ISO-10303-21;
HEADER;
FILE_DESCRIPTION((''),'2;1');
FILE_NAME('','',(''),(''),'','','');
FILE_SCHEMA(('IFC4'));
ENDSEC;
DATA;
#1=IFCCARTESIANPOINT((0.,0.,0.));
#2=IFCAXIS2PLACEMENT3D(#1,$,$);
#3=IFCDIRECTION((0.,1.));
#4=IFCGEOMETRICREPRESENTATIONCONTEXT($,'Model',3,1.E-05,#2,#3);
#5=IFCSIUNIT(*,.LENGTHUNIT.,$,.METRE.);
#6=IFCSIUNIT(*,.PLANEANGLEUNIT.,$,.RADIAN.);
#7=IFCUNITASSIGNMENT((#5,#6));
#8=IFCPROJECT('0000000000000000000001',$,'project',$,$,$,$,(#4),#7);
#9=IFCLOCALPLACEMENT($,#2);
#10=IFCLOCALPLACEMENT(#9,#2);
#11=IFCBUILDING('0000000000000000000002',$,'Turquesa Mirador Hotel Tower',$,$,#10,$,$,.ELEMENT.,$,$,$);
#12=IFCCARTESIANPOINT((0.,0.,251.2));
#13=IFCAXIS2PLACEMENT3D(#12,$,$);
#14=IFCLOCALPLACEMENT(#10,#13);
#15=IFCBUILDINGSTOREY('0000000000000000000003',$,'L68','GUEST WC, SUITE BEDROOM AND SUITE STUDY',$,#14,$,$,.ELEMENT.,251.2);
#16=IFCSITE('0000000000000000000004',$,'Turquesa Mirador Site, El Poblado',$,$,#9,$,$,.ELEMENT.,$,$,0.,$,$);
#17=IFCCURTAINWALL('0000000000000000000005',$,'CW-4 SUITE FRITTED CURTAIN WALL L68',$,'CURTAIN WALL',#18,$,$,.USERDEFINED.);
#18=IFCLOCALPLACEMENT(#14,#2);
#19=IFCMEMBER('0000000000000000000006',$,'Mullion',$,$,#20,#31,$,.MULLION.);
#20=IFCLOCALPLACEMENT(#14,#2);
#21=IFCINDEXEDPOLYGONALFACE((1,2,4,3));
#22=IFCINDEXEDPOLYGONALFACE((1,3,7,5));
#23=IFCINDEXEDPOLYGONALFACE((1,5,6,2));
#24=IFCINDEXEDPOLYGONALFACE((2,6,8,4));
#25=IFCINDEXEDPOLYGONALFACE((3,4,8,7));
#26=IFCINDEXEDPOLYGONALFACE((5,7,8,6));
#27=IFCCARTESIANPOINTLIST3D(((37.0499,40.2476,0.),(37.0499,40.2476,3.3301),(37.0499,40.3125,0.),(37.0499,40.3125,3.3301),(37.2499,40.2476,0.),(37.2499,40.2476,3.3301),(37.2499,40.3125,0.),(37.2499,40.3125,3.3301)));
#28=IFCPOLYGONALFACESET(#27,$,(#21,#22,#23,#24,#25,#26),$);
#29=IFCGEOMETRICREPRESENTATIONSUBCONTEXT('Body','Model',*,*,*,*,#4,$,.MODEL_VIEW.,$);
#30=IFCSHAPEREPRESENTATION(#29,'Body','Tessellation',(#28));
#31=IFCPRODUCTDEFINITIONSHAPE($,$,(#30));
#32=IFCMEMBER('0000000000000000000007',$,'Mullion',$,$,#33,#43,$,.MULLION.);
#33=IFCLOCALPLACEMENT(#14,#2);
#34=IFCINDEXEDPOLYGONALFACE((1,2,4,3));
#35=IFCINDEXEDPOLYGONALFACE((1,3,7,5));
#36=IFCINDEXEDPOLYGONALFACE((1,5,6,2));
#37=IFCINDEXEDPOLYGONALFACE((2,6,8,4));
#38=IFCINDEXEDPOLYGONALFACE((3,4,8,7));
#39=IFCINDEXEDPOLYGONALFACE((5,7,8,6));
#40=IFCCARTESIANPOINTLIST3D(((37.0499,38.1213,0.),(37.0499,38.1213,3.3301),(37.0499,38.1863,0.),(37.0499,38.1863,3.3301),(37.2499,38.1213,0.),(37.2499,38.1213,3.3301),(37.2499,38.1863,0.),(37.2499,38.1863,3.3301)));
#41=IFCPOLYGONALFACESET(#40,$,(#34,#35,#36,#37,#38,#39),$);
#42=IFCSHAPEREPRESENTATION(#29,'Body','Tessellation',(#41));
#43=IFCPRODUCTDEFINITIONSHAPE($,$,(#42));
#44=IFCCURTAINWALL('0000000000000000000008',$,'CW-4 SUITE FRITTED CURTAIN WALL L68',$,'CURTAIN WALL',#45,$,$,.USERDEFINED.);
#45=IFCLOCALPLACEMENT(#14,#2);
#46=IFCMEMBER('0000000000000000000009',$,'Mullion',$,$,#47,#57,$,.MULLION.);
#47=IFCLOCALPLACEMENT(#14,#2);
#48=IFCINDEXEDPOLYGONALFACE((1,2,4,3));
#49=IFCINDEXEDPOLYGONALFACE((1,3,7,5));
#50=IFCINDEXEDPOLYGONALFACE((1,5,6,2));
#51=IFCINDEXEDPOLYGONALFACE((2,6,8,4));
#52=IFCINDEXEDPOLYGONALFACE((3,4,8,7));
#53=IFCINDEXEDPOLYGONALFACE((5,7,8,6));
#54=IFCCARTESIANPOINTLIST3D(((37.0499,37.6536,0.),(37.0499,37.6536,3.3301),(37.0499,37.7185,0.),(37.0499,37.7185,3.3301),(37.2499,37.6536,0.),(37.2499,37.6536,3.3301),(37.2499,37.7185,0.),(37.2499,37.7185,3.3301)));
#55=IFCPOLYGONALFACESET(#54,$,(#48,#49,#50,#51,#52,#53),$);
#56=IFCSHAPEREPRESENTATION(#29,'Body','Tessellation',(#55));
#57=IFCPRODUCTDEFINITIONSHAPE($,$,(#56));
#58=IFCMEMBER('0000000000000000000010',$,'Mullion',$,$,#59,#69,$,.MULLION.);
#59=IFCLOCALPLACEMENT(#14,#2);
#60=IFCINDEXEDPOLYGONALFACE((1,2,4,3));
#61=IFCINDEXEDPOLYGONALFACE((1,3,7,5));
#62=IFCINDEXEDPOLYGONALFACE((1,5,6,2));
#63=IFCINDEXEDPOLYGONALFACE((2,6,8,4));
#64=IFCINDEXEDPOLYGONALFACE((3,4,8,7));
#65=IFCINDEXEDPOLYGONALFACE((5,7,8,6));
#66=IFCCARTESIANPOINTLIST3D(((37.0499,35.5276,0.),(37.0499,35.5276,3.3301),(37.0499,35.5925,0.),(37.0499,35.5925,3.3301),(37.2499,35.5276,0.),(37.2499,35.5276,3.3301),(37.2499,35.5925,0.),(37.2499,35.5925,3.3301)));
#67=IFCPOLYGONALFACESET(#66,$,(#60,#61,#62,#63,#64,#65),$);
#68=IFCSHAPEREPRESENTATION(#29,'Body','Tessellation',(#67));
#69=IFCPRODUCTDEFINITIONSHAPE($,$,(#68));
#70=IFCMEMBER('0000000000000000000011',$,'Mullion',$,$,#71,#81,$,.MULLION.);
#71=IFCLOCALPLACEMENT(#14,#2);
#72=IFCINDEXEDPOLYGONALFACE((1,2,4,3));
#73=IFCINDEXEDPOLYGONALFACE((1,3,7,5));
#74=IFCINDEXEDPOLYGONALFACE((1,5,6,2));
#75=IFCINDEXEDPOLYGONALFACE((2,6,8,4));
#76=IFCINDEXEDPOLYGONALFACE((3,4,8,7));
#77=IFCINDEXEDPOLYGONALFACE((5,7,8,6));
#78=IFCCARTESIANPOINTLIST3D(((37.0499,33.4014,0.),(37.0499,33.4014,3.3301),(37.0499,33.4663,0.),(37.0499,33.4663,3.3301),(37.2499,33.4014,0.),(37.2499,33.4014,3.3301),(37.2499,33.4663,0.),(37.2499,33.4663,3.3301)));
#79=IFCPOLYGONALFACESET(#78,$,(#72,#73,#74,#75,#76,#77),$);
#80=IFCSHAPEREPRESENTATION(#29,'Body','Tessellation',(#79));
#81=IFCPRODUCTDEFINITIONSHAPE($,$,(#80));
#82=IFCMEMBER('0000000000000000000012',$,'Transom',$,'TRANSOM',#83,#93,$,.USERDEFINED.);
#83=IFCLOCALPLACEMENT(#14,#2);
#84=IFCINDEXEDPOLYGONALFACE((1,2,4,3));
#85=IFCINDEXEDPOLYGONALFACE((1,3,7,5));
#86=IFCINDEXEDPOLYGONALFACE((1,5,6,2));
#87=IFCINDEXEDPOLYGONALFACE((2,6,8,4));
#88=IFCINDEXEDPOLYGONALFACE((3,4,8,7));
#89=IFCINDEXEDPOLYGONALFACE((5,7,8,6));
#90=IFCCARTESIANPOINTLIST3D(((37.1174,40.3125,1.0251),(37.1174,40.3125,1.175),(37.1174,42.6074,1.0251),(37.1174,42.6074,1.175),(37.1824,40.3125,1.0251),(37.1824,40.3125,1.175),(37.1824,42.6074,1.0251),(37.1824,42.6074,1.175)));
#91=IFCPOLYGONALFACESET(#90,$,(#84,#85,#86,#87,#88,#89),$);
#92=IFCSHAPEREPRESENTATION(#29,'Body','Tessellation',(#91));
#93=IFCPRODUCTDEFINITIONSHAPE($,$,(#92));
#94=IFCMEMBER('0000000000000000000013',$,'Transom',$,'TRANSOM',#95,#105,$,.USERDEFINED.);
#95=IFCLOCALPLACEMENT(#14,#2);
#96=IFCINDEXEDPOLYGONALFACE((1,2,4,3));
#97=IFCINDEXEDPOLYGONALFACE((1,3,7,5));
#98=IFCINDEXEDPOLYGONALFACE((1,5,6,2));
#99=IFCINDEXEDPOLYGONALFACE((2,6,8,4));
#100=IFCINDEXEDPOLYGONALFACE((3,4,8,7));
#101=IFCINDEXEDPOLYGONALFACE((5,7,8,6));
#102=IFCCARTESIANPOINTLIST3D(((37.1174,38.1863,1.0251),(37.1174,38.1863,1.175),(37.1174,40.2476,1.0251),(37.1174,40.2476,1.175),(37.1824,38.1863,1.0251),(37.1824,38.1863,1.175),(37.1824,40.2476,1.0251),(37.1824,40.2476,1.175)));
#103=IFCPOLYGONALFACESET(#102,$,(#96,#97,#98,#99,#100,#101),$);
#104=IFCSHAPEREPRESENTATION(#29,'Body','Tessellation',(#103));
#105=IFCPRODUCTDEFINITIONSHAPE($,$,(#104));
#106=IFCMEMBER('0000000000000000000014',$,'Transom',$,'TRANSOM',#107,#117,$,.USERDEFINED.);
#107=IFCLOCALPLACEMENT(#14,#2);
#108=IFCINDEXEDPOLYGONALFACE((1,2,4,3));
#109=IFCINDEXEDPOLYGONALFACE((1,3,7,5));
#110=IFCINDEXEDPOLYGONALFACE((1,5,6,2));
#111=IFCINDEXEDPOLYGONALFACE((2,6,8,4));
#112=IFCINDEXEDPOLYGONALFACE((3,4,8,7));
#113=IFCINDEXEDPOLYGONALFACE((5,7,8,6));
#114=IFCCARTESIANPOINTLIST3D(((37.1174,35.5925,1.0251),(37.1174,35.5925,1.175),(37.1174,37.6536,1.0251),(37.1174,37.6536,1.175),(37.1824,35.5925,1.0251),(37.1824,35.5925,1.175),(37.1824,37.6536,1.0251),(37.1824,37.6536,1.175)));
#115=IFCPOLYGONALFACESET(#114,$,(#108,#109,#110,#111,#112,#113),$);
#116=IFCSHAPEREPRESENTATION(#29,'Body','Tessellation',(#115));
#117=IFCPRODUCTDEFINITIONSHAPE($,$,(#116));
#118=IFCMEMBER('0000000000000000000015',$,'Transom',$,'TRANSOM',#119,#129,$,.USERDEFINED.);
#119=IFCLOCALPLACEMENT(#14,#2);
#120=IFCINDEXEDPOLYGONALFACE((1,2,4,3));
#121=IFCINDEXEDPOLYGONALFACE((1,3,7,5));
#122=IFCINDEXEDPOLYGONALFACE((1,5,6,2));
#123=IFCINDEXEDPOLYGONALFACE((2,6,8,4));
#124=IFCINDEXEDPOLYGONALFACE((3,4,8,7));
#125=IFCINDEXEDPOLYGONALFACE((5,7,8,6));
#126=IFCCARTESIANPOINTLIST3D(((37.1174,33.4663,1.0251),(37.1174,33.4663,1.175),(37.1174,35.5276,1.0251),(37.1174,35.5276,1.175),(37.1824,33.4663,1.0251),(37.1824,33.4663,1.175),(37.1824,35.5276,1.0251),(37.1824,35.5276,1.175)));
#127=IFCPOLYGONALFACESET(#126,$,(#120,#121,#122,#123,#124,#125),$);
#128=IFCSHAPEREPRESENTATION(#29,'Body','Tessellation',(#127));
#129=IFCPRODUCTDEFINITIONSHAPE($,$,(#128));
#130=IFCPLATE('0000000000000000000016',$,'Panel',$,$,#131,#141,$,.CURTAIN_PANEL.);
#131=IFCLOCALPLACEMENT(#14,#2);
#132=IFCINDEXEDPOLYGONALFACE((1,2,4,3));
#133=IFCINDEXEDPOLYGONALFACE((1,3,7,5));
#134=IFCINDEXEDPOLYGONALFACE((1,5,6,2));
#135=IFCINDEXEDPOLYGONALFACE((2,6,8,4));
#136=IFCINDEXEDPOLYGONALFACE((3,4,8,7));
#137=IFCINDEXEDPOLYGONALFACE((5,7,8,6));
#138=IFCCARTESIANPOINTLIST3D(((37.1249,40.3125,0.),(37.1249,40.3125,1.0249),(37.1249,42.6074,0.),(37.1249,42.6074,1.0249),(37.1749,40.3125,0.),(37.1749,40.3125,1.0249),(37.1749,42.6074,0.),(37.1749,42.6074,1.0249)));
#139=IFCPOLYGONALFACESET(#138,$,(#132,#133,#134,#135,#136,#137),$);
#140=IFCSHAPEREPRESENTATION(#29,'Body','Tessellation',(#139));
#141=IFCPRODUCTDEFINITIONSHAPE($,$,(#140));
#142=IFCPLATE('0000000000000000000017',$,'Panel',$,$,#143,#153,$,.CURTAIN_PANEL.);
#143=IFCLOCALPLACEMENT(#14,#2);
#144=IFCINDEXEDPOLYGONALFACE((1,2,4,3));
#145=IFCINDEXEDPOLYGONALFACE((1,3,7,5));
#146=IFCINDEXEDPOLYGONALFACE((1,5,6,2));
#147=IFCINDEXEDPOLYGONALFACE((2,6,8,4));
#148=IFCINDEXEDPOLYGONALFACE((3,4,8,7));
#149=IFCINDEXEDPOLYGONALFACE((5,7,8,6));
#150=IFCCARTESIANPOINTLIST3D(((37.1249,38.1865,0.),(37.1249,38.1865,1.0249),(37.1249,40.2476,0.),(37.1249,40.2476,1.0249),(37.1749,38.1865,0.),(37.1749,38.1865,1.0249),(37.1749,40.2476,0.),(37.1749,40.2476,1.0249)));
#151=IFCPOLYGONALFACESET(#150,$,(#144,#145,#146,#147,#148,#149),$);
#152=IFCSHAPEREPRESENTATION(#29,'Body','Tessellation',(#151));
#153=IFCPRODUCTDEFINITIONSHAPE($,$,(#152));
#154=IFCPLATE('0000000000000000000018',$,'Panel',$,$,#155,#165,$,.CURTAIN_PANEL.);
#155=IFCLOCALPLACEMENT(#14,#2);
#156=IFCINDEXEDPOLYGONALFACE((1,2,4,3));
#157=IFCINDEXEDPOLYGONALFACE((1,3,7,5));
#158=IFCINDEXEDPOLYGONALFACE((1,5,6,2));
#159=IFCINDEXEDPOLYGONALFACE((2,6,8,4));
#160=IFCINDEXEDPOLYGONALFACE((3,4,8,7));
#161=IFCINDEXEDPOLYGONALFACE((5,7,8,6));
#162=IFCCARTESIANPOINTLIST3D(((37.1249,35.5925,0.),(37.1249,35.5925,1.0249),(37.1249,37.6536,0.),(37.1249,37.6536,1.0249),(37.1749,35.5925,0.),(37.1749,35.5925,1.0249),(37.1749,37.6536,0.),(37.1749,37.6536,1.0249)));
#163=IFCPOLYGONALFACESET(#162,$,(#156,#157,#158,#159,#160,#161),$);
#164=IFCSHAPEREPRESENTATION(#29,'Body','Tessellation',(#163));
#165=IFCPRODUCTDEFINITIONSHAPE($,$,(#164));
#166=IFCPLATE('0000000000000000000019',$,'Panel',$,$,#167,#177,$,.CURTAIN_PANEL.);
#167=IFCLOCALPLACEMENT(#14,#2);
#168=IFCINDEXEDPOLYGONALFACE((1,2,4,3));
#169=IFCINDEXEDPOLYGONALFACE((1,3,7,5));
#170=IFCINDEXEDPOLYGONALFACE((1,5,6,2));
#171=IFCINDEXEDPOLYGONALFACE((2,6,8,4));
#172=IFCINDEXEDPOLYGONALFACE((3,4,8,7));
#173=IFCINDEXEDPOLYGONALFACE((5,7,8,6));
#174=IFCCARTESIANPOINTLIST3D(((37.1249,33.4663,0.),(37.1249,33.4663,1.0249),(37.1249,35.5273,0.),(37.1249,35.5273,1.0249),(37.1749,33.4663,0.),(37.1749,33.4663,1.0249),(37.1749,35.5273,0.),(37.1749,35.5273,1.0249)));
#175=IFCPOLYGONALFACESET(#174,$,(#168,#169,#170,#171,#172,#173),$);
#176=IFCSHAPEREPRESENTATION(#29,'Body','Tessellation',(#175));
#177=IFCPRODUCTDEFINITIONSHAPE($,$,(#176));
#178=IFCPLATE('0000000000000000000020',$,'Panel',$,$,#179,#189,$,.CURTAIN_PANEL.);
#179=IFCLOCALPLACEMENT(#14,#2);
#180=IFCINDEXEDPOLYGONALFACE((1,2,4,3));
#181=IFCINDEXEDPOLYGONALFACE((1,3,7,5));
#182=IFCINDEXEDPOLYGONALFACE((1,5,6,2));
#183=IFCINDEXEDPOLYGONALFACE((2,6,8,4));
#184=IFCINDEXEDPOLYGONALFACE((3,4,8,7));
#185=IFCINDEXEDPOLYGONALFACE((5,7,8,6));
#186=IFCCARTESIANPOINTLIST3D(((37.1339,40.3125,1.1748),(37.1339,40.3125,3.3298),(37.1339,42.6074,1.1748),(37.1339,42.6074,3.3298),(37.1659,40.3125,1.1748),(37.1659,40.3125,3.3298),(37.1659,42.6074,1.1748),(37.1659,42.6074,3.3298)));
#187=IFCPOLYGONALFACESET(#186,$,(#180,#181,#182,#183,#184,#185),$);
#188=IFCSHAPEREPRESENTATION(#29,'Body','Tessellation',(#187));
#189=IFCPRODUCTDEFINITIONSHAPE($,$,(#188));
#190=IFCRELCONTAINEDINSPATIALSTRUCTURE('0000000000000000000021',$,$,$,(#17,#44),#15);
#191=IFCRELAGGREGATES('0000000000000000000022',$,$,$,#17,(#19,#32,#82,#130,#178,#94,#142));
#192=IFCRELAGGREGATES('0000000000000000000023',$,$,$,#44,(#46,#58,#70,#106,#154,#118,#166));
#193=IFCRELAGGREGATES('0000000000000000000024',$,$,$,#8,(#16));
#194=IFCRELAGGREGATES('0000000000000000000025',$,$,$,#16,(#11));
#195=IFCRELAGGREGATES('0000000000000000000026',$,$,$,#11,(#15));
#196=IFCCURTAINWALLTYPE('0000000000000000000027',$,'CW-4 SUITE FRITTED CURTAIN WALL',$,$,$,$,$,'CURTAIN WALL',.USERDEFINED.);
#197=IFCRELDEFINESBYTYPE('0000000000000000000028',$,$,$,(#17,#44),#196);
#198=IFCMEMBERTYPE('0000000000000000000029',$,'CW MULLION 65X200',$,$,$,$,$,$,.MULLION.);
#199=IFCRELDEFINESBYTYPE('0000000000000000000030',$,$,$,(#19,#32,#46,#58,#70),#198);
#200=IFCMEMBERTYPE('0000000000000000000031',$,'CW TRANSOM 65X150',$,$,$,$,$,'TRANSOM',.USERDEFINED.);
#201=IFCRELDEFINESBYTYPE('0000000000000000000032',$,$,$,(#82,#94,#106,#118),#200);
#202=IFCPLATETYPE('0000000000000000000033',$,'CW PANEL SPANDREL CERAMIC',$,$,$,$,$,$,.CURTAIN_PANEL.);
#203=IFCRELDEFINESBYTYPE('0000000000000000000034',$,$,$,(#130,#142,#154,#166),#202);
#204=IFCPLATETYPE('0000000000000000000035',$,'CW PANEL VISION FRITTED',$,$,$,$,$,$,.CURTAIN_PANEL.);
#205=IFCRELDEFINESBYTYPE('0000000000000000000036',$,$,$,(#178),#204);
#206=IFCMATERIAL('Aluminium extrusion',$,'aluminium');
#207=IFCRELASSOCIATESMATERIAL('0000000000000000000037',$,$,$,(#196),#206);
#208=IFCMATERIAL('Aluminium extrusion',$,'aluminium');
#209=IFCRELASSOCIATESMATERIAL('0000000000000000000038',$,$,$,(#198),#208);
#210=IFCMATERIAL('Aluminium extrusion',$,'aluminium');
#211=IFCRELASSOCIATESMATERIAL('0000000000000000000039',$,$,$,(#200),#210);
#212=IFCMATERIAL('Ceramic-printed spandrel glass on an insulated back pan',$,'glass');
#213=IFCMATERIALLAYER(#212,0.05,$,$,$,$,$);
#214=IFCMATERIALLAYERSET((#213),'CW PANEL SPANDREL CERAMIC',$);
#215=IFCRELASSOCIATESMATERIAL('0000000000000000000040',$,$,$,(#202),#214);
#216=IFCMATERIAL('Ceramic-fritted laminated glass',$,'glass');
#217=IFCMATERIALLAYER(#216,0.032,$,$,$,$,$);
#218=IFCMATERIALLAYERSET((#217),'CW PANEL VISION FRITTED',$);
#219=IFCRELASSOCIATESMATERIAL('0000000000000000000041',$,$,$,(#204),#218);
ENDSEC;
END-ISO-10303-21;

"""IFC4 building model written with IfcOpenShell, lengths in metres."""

from ifc_helpers import new_model, si_unit, direction, frame, origin, origin_2d, place, context, subcontext, project, spatial, rectangle, extrude, material, layer, layer_set, material_profile, profile_set, type_object, element, aggregate, save


model = new_model("IFC4")

# Units and contexts
model_context = context("Model", 3, precision=1e-05, world=origin(), true_north=direction((0.0, 1.0)))
body_context = subcontext(model_context, "Body", "Model", "MODEL_VIEW")
ifc_project = project(units=[si_unit("LENGTHUNIT", "METRE"), si_unit("PLANEANGLEUNIT", "RADIAN")], contexts=[model_context])

# Site, building, storey
site_placement = place(None, origin())
site = spatial("IfcSite", under=ifc_project, at=site_placement, Name="Turquesa Mirador Site, El Poblado", CompositionType="ELEMENT", RefElevation=0.0)
building_placement = place(site_placement, origin())
building = spatial("IfcBuilding", under=site, at=building_placement, Name="Turquesa Mirador Hotel Tower", CompositionType="ELEMENT")
storey_placement = place(building_placement, frame((0.0, 0.0, 251.2)))
storey = spatial("IfcBuildingStorey", under=building, at=storey_placement, Name="L68", Description="GUEST WC, SUITE BEDROOM AND SUITE STUDY", CompositionType="ELEMENT", Elevation=251.2)

# Curtain walls, members
ifc_material_1 = material(Name="Aluminium extrusion", Category="aluminium")
curtain_wall_type = type_object("IfcCurtainWallType", Name="CW-4 SUITE FRITTED CURTAIN WALL", ElementType="CURTAIN WALL", PredefinedType="USERDEFINED", material=ifc_material_1)
curtain_wall_1_placement = place(storey_placement, origin())
curtain_wall_1 = element("IfcCurtainWall", 1, at=curtain_wall_1_placement, inside=storey, type_object=curtain_wall_type, Name="CW-4 SUITE FRITTED CURTAIN WALL L68", ObjectType="CURTAIN WALL", PredefinedType="USERDEFINED")
ifc_material_2 = material(Name="Aluminium extrusion", Category="aluminium")
ifc_material_profile_1 = material_profile(ifc_material_2, rectangle(XDim=0.0649, YDim=0.2, at=origin_2d()), Name="MULLION 65X200")
ifc_profile_set_1 = profile_set([ifc_material_profile_1], Name="Aluminium extrusion")
member_type_1 = type_object("IfcMemberType", Name="CW MULLION 65X200", PredefinedType="MULLION", material=ifc_profile_set_1)
member_1_placement = place(storey_placement, frame((37.1499, 40.28, 0.0), z_axis=(0.0, 0.0, 1.0), x_axis=(0.0, -1.0, 0.0)))
member_1 = element("IfcMember", 2, at=member_1_placement, type_object=member_type_1, Name="Mullion", PredefinedType="MULLION", context=body_context, shape_type="SweptSolid", body=[
    extrude(rectangle(XDim=0.0649, YDim=0.2, at=origin_2d()), origin(), (0.0, 0.0, 1.0), 3.3301),
])
member_2_placement = place(storey_placement, frame((37.1499, 38.1538, 0.0), z_axis=(0.0, 0.0, 1.0), x_axis=(0.0, -1.0, 0.0)))
member_2 = element("IfcMember", 3, at=member_2_placement, type_object=member_type_1, Name="Mullion", PredefinedType="MULLION", context=body_context, shape_type="SweptSolid", body=[
    extrude(rectangle(XDim=0.0649, YDim=0.2, at=origin_2d()), origin(), (0.0, 0.0, 1.0), 3.3301),
])
curtain_wall_2_placement = place(storey_placement, origin())
curtain_wall_2 = element("IfcCurtainWall", 4, at=curtain_wall_2_placement, inside=storey, type_object=curtain_wall_type, Name="CW-4 SUITE FRITTED CURTAIN WALL L68", ObjectType="CURTAIN WALL", PredefinedType="USERDEFINED")
member_3_placement = place(storey_placement, frame((37.1499, 37.686, 0.0), z_axis=(0.0, 0.0, 1.0), x_axis=(0.0, -1.0, 0.0)))
member_3 = element("IfcMember", 5, at=member_3_placement, type_object=member_type_1, Name="Mullion", PredefinedType="MULLION", context=body_context, shape_type="SweptSolid", body=[
    extrude(rectangle(XDim=0.0649, YDim=0.2, at=origin_2d()), origin(), (0.0, 0.0, 1.0), 3.3301),
])
member_4_placement = place(storey_placement, frame((37.1499, 35.5601, 0.0), z_axis=(0.0, 0.0, 1.0), x_axis=(0.0, -1.0, 0.0)))
member_4 = element("IfcMember", 6, at=member_4_placement, type_object=member_type_1, Name="Mullion", PredefinedType="MULLION", context=body_context, shape_type="SweptSolid", body=[
    extrude(rectangle(XDim=0.0649, YDim=0.2, at=origin_2d()), origin(), (0.0, 0.0, 1.0), 3.3301),
])
member_5_placement = place(storey_placement, frame((37.1499, 33.4338, 0.0), z_axis=(0.0, 0.0, 1.0), x_axis=(0.0, -1.0, 0.0)))
member_5 = element("IfcMember", 7, at=member_5_placement, type_object=member_type_1, Name="Mullion", PredefinedType="MULLION", context=body_context, shape_type="SweptSolid", body=[
    extrude(rectangle(XDim=0.0649, YDim=0.2, at=origin_2d()), origin(), (0.0, 0.0, 1.0), 3.3301),
])

# Members
ifc_material_3 = material(Name="Aluminium extrusion", Category="aluminium")
ifc_material_profile_2 = material_profile(ifc_material_3, rectangle(XDim=0.0649, YDim=0.1499, at=origin_2d()), Name="TRANSOM 65X150")
ifc_profile_set_2 = profile_set([ifc_material_profile_2], Name="Aluminium extrusion")
member_type_2 = type_object("IfcMemberType", Name="CW TRANSOM 65X150", ElementType="TRANSOM", PredefinedType="USERDEFINED", material=ifc_profile_set_2)
member_6_placement = place(storey_placement, frame((37.1499, 42.6074, 1.1001), z_axis=(0.0, -1.0, 0.0), x_axis=(1.0, 0.0, 0.0)))
member_6 = element("IfcMember", 8, at=member_6_placement, type_object=member_type_2, Name="Transom", ObjectType="TRANSOM", PredefinedType="USERDEFINED", context=body_context, shape_type="SweptSolid", body=[
    extrude(rectangle(XDim=0.0649, YDim=0.1499, at=origin_2d()), origin(), (0.0, 0.0, 1.0), 2.2949),
])
member_7_placement = place(storey_placement, frame((37.1499, 40.2476, 1.1001), z_axis=(0.0, -1.0, 0.0), x_axis=(1.0, 0.0, 0.0)))
member_7 = element("IfcMember", 9, at=member_7_placement, type_object=member_type_2, Name="Transom", ObjectType="TRANSOM", PredefinedType="USERDEFINED", context=body_context, shape_type="SweptSolid", body=[
    extrude(rectangle(XDim=0.0649, YDim=0.1499, at=origin_2d()), origin(), (0.0, 0.0, 1.0), 2.0613),
])
member_8_placement = place(storey_placement, frame((37.1499, 37.6536, 1.1001), z_axis=(0.0, -1.0, 0.0), x_axis=(1.0, 0.0, 0.0)))
member_8 = element("IfcMember", 10, at=member_8_placement, type_object=member_type_2, Name="Transom", ObjectType="TRANSOM", PredefinedType="USERDEFINED", context=body_context, shape_type="SweptSolid", body=[
    extrude(rectangle(XDim=0.0649, YDim=0.1499, at=origin_2d()), origin(), (0.0, 0.0, 1.0), 2.061),
])
member_9_placement = place(storey_placement, frame((37.1499, 35.5276, 1.1001), z_axis=(0.0, -1.0, 0.0), x_axis=(1.0, 0.0, 0.0)))
member_9 = element("IfcMember", 11, at=member_9_placement, type_object=member_type_2, Name="Transom", ObjectType="TRANSOM", PredefinedType="USERDEFINED", context=body_context, shape_type="SweptSolid", body=[
    extrude(rectangle(XDim=0.0649, YDim=0.1499, at=origin_2d()), origin(), (0.0, 0.0, 1.0), 2.0613),
])

# Plates
ifc_material_4 = material(Name="Ceramic-printed spandrel glass on an insulated back pan", Category="glass")
ifc_layer_1 = layer(ifc_material_4, 0.05)
ifc_layer_set_1 = layer_set([ifc_layer_1], Name="CW PANEL SPANDREL CERAMIC")
plate_type_1 = type_object("IfcPlateType", Name="CW PANEL SPANDREL CERAMIC", PredefinedType="CURTAIN_PANEL", material=ifc_layer_set_1)
plate_1_placement = place(storey_placement, frame((37.1499, 41.46, 0.0), z_axis=(0.0, 0.0, 1.0), x_axis=(0.0, -1.0, 0.0)))
plate_1 = element("IfcPlate", 12, at=plate_1_placement, type_object=plate_type_1, Name="Panel", PredefinedType="CURTAIN_PANEL", context=body_context, shape_type="SweptSolid", body=[
    extrude(rectangle(XDim=2.2949, YDim=0.05, at=origin_2d()), origin(), (0.0, 0.0, 1.0), 1.0249),
])
plate_2_placement = place(storey_placement, frame((37.1499, 39.217, 0.0), z_axis=(0.0, 0.0, 1.0), x_axis=(0.0, -1.0, 0.0)))
plate_2 = element("IfcPlate", 13, at=plate_2_placement, type_object=plate_type_1, Name="Panel", PredefinedType="CURTAIN_PANEL", context=body_context, shape_type="SweptSolid", body=[
    extrude(rectangle(XDim=2.061, YDim=0.05, at=origin_2d()), origin(), (0.0, 0.0, 1.0), 1.0249),
])
plate_3_placement = place(storey_placement, frame((37.1499, 36.623, 0.0), z_axis=(0.0, 0.0, 1.0), x_axis=(0.0, -1.0, 0.0)))
plate_3 = element("IfcPlate", 14, at=plate_3_placement, type_object=plate_type_1, Name="Panel", PredefinedType="CURTAIN_PANEL", context=body_context, shape_type="SweptSolid", body=[
    extrude(rectangle(XDim=2.061, YDim=0.05, at=origin_2d()), origin(), (0.0, 0.0, 1.0), 1.0249),
])
plate_4_placement = place(storey_placement, frame((37.1499, 34.4968, 0.0), z_axis=(0.0, 0.0, 1.0), x_axis=(0.0, -1.0, 0.0)))
plate_4 = element("IfcPlate", 15, at=plate_4_placement, type_object=plate_type_1, Name="Panel", PredefinedType="CURTAIN_PANEL", context=body_context, shape_type="SweptSolid", body=[
    extrude(rectangle(XDim=2.061, YDim=0.05, at=origin_2d()), origin(), (0.0, 0.0, 1.0), 1.0249),
])
ifc_material_5 = material(Name="Ceramic-fritted laminated glass", Category="glass")
ifc_layer_2 = layer(ifc_material_5, 0.032)
ifc_layer_set_2 = layer_set([ifc_layer_2], Name="CW PANEL VISION FRITTED")
plate_type_2 = type_object("IfcPlateType", Name="CW PANEL VISION FRITTED", PredefinedType="CURTAIN_PANEL", material=ifc_layer_set_2)
plate_5_placement = place(storey_placement, frame((37.1499, 41.46, 1.1748), z_axis=(0.0, 0.0, 1.0), x_axis=(0.0, -1.0, 0.0)))
plate_5 = element("IfcPlate", 16, at=plate_5_placement, type_object=plate_type_2, Name="Panel", PredefinedType="CURTAIN_PANEL", context=body_context, shape_type="SweptSolid", body=[
    extrude(rectangle(XDim=2.2949, YDim=0.032, at=origin_2d()), origin(), (0.0, 0.0, 1.0), 2.155),
])
aggregate(curtain_wall_1, [member_1, member_2, member_6, plate_1, plate_5, member_7, plate_2])
aggregate(curtain_wall_2, [member_3, member_4, member_5, member_8, plate_3, member_9, plate_4])

save(model, "model.ifc")
